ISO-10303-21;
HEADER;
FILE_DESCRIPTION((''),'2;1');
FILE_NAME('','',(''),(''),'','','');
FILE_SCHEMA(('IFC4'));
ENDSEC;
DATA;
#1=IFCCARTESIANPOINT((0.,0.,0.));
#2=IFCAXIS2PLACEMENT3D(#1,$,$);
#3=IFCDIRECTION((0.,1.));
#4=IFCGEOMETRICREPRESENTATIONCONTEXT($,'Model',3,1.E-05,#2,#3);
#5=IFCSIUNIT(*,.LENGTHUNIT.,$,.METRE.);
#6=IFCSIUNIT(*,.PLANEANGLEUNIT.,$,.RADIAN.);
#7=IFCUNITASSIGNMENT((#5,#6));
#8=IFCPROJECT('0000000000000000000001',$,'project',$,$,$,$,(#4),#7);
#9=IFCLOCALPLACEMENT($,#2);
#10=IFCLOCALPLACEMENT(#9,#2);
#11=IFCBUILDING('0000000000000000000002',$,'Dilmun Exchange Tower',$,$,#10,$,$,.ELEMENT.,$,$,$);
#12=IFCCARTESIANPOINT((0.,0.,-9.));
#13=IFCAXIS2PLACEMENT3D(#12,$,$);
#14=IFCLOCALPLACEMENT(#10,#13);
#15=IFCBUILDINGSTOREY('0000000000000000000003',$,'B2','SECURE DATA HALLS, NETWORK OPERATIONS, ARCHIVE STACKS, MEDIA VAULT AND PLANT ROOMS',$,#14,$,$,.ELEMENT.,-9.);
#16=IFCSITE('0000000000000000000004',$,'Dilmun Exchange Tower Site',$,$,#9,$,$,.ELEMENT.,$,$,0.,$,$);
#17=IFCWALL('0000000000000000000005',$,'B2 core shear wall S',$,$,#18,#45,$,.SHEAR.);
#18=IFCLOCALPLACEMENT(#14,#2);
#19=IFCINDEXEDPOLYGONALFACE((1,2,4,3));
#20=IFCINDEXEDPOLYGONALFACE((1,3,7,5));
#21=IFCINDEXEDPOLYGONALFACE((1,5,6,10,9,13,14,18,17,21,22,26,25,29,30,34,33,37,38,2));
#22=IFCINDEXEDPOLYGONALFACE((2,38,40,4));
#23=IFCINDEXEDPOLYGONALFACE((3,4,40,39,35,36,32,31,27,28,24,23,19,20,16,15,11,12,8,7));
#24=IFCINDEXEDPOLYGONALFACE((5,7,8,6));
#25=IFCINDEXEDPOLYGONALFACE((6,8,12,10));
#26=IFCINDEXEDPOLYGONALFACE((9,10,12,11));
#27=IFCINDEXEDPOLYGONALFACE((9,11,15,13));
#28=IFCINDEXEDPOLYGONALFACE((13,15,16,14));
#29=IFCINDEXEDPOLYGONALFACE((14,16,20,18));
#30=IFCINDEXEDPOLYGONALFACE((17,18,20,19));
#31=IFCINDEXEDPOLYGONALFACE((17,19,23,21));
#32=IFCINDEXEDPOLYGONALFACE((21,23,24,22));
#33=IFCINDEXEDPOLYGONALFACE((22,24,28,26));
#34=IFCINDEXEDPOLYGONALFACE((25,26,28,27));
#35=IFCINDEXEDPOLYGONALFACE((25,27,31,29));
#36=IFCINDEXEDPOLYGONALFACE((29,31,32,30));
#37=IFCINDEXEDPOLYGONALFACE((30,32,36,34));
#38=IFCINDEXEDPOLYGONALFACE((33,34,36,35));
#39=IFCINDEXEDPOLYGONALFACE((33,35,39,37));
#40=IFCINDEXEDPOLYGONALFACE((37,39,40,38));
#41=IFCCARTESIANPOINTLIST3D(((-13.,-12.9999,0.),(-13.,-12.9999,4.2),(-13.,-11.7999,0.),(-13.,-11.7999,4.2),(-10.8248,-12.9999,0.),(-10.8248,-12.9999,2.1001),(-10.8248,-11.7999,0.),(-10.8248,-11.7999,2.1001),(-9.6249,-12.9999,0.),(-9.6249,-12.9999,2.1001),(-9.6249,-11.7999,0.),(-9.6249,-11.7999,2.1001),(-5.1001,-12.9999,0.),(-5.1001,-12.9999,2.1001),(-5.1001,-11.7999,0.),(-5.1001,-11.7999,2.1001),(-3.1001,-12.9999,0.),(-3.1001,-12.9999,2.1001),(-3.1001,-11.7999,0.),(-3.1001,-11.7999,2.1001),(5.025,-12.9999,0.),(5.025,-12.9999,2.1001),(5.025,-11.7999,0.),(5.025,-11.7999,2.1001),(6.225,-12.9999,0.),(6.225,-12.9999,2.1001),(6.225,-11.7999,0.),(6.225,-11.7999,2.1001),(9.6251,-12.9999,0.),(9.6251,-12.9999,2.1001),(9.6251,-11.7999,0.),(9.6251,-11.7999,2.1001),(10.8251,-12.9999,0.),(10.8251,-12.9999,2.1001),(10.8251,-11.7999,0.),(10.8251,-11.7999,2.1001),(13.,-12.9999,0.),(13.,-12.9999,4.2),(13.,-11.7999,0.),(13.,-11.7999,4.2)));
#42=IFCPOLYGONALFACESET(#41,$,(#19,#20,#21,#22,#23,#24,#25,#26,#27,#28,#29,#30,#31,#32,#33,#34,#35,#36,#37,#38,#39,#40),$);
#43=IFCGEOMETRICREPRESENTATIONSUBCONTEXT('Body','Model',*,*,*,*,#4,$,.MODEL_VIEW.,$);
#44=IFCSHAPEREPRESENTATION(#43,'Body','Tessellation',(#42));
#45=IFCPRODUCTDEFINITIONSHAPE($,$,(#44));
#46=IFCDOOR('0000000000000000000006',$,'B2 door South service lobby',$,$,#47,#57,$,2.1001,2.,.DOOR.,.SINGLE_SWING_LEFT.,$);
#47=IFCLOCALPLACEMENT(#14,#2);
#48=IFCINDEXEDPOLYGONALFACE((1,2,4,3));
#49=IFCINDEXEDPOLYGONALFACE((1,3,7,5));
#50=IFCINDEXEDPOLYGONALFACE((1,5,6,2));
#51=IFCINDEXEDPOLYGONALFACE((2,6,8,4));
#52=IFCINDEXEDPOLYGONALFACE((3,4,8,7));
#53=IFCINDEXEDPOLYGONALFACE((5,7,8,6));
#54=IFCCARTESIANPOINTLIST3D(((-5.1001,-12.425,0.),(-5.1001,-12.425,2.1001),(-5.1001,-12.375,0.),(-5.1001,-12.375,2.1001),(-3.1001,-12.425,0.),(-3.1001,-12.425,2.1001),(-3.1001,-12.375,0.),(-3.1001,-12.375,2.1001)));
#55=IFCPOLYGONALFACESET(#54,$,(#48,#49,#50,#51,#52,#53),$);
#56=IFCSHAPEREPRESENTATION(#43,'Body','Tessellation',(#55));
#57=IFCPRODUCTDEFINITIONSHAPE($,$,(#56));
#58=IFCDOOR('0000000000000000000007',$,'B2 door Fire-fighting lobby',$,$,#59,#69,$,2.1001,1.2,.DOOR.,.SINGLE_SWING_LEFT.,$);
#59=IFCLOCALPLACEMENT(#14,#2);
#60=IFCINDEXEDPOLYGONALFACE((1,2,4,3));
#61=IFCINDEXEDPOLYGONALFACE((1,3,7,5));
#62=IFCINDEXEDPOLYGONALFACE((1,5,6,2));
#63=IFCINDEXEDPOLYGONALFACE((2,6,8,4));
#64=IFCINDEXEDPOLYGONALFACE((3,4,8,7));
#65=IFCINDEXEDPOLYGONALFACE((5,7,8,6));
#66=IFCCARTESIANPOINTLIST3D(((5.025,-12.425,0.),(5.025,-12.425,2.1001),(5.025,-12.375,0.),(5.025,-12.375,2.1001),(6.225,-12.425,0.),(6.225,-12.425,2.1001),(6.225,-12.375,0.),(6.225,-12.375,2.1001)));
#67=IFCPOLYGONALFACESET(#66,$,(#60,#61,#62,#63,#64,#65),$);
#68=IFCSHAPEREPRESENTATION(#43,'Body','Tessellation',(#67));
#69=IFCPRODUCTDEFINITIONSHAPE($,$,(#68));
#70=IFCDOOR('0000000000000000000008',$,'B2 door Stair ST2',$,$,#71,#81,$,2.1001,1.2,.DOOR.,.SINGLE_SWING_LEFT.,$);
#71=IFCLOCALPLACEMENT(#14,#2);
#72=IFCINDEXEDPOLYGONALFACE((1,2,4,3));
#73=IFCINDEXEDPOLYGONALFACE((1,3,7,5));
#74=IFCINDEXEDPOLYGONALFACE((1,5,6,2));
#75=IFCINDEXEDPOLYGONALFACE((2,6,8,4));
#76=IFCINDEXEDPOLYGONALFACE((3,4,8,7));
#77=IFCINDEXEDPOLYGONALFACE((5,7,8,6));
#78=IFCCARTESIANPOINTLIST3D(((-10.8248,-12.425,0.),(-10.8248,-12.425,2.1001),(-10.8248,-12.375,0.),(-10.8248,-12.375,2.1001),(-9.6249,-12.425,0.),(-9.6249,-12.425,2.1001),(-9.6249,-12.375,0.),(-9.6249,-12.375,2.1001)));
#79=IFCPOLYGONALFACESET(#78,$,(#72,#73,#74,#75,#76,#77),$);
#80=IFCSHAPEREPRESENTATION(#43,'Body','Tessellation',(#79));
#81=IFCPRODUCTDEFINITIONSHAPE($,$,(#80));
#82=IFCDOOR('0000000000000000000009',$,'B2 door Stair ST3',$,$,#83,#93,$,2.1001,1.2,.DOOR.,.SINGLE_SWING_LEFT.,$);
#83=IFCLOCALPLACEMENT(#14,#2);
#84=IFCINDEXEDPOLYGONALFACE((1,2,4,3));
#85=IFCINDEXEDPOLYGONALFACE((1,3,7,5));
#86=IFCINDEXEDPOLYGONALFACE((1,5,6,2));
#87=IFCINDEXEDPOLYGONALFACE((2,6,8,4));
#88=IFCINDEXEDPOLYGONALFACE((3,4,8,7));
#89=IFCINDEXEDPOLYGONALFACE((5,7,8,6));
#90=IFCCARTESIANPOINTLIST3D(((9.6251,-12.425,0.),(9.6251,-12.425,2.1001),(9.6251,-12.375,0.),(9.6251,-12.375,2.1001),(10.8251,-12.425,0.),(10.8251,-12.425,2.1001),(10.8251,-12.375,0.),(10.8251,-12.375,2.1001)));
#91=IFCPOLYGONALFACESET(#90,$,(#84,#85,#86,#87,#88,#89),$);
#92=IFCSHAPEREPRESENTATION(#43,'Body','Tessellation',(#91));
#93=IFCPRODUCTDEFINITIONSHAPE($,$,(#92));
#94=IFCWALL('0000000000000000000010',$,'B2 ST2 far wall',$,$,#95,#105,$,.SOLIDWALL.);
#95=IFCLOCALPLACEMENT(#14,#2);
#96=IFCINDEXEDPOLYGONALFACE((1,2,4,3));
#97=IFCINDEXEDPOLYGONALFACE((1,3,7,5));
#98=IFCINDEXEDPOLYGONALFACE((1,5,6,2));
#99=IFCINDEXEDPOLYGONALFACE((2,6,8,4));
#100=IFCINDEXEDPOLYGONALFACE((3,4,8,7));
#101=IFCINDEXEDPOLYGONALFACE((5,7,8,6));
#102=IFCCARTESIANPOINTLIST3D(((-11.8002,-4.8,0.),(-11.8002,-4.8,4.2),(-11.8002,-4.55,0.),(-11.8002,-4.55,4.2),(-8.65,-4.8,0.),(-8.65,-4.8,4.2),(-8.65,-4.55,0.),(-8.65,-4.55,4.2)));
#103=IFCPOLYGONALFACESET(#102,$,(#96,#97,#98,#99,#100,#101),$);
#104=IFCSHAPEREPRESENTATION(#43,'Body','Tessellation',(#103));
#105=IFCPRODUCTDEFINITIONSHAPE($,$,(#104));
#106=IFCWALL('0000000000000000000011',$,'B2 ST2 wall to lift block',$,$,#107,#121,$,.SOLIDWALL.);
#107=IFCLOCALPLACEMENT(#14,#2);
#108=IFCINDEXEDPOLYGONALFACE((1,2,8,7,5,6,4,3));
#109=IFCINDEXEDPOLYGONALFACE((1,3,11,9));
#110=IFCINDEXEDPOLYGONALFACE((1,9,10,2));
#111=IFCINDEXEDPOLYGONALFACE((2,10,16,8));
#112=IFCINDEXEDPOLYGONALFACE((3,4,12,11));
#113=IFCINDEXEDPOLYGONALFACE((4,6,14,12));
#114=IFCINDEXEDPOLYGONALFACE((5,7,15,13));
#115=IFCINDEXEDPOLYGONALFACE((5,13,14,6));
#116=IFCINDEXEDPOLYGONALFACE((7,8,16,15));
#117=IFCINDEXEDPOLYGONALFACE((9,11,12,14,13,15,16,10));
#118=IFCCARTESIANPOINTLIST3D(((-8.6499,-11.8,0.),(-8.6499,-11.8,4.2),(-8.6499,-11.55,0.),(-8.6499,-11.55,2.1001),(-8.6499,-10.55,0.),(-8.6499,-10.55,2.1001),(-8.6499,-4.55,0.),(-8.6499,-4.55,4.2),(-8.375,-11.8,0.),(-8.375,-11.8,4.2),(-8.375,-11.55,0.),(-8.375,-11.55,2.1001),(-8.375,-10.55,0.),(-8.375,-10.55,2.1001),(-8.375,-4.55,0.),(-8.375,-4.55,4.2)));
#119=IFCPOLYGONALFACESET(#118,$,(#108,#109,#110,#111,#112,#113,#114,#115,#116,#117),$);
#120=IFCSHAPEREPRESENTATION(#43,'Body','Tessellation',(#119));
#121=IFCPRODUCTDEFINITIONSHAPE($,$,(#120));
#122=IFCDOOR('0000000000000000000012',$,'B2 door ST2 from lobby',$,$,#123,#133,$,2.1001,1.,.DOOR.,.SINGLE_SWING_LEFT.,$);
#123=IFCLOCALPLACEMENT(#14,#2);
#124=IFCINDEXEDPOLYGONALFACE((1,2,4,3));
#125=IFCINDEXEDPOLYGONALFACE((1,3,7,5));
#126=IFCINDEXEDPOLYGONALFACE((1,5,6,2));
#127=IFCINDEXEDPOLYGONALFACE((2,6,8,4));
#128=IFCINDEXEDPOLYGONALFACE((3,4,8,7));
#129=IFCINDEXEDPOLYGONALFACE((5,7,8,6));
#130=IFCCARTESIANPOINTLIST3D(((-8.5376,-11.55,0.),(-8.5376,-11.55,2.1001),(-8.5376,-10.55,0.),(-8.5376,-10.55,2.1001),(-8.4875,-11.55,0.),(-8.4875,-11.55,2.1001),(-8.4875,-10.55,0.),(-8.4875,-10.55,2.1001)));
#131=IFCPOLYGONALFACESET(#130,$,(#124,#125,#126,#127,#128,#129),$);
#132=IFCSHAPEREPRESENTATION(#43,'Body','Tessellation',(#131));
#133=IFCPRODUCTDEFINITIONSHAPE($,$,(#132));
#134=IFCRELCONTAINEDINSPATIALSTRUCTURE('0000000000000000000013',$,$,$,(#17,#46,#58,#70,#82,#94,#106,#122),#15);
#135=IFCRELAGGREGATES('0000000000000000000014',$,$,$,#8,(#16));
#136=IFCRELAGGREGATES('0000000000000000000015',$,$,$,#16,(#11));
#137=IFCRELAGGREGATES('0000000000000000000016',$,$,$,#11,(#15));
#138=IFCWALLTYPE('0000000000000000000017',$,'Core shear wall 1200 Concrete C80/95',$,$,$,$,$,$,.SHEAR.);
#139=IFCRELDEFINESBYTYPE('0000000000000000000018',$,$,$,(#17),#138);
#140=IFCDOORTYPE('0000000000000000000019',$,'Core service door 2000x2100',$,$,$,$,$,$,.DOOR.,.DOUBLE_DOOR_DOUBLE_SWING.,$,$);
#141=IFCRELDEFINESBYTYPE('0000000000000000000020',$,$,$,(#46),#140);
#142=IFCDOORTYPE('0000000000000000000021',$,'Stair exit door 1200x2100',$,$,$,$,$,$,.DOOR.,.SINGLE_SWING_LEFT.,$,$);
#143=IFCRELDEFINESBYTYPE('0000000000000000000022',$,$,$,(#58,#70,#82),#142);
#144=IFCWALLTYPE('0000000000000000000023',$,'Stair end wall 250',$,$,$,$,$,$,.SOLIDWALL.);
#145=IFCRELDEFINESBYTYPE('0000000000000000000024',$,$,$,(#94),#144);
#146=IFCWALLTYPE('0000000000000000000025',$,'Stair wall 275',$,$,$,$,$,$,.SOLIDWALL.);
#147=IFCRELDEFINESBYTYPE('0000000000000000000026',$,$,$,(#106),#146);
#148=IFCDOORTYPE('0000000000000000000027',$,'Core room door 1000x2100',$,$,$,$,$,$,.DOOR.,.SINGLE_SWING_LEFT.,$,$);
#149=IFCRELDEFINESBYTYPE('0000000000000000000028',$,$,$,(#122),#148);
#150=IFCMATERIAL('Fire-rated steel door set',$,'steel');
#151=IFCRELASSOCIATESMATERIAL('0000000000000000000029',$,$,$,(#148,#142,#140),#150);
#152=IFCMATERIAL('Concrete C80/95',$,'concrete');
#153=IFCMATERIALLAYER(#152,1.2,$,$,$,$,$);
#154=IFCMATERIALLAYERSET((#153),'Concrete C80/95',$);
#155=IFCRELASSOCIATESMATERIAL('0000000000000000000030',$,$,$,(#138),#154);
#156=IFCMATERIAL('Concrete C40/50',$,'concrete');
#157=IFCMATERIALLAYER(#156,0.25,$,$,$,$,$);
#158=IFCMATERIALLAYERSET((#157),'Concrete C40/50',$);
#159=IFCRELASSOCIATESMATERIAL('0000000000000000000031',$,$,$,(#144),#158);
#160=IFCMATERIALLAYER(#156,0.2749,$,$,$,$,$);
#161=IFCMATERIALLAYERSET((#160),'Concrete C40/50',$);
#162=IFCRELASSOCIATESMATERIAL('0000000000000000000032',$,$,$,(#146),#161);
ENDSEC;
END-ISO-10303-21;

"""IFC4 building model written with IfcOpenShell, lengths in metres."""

from ifc_helpers import new_model, si_unit, direction, frame, frame_2d, origin, place, context, subcontext, project, spatial, rectangle, extrude, material, layer, layer_set, type_object, element, fill, save


model = new_model("IFC4")

# Units and contexts
model_context = context("Model", 3, precision=1e-05, world=origin(), true_north=direction((0.0, 1.0)))
body_context = subcontext(model_context, "Body", "Model", "MODEL_VIEW")
ifc_project = project(units=[si_unit("LENGTHUNIT", "METRE"), si_unit("PLANEANGLEUNIT", "RADIAN")], contexts=[model_context])

# Site, building, storey
site_placement = place(None, origin())
site = spatial("IfcSite", under=ifc_project, at=site_placement, Name="Dilmun Exchange Tower Site", CompositionType="ELEMENT", RefElevation=0.0)
building_placement = place(site_placement, origin())
building = spatial("IfcBuilding", under=site, at=building_placement, Name="Dilmun Exchange Tower", CompositionType="ELEMENT")
storey_placement = place(building_placement, frame((0.0, 0.0, -9.0)))
storey = spatial("IfcBuildingStorey", under=building, at=storey_placement, Name="B2", Description="SECURE DATA HALLS, NETWORK OPERATIONS, ARCHIVE STACKS, MEDIA VAULT AND PLANT ROOMS", CompositionType="ELEMENT", Elevation=-9.0)

# Wall, openings, doors
ifc_material_1 = material(Name="Concrete C40/50", Category="concrete")
ifc_material_2 = material(Name="Fire-rated steel door set", Category="steel")
door_type_1 = type_object("IfcDoorType", Name="Core room door 1000x2100", OperationType="SINGLE_SWING_LEFT", PredefinedType="DOOR", material=ifc_material_2)
door_type_2 = type_object("IfcDoorType", Name="Stair exit door 1200x2100", OperationType="SINGLE_SWING_LEFT", PredefinedType="DOOR", material=ifc_material_2)
ifc_material_3 = material(Name="Concrete C80/95", Category="concrete")
ifc_layer_1 = layer(ifc_material_3, 1.2)
ifc_layer_set_1 = layer_set([ifc_layer_1], Name="Concrete C80/95")
wall_type_1 = type_object("IfcWallType", Name="Core shear wall 1200 Concrete C80/95", PredefinedType="SHEAR", material=ifc_layer_set_1)
wall_1_placement = place(storey_placement, frame((-13.0, -12.3999, 0.0), z_axis=(0.0, 0.0, 1.0), x_axis=(1.0, 0.0, 0.0)))
wall_1 = element("IfcWall", 1, at=wall_1_placement, inside=storey, type_object=wall_type_1, Name="B2 core shear wall S", PredefinedType="SHEAR", context=body_context, shape_type="SweptSolid", body=[
    extrude(rectangle(XDim=26.0, YDim=1.2, at=frame_2d((13.0, 0.0))), origin(), (0.0, 0.0, 1.0), 4.2),
])
opening_1_placement = place(wall_1_placement, frame((7.8999, 0.0, 0.0)))
opening_1 = element("IfcOpeningElement", 2, at=opening_1_placement, cuts=wall_1, PredefinedType="OPENING", context=body_context, shape_type="SweptSolid", body=[
    extrude(rectangle(XDim=2.0, YDim=2.1001, at=frame_2d((1.0, 1.05))), frame((0.0, 0.6099, 0.0), z_axis=(0.0, -1.0, 0.0), x_axis=(1.0, 0.0, 0.0)), (0.0, 0.0, 1.0), 1.22),
])
opening_2_placement = place(wall_1_placement, frame((18.0249, 0.0, 0.0)))
opening_2 = element("IfcOpeningElement", 3, at=opening_2_placement, cuts=wall_1, PredefinedType="OPENING", context=body_context, shape_type="SweptSolid", body=[
    extrude(rectangle(XDim=1.2, YDim=2.1001, at=frame_2d((0.6001, 1.05))), frame((0.0, 0.6099, 0.0), z_axis=(0.0, -1.0, 0.0), x_axis=(1.0, 0.0, 0.0)), (0.0, 0.0, 1.0), 1.22),
])
opening_3_placement = place(wall_1_placement, frame((2.175, 0.0, 0.0)))
opening_3 = element("IfcOpeningElement", 4, at=opening_3_placement, cuts=wall_1, PredefinedType="OPENING", context=body_context, shape_type="SweptSolid", body=[
    extrude(rectangle(XDim=1.2, YDim=2.1001, at=frame_2d((0.6001, 1.05))), frame((0.0, 0.6099, 0.0), z_axis=(0.0, -1.0, 0.0), x_axis=(1.0, 0.0, 0.0)), (0.0, 0.0, 1.0), 1.22),
])
opening_4_placement = place(wall_1_placement, frame((22.625, 0.0, 0.0)))
opening_4 = element("IfcOpeningElement", 5, at=opening_4_placement, cuts=wall_1, PredefinedType="OPENING", context=body_context, shape_type="SweptSolid", body=[
    extrude(rectangle(XDim=1.2, YDim=2.1001, at=frame_2d((0.6001, 1.05))), frame((0.0, 0.6099, 0.0), z_axis=(0.0, -1.0, 0.0), x_axis=(1.0, 0.0, 0.0)), (0.0, 0.0, 1.0), 1.22),
])
door_type_3 = type_object("IfcDoorType", Name="Core service door 2000x2100", OperationType="DOUBLE_DOOR_DOUBLE_SWING", PredefinedType="DOOR", material=ifc_material_2)
door_1_placement = place(opening_1_placement, origin())
door_1 = element("IfcDoor", 6, at=door_1_placement, inside=storey, type_object=door_type_3, Name="B2 door South service lobby", OperationType="SINGLE_SWING_LEFT", OverallHeight=2.1001, OverallWidth=2.0, PredefinedType="DOOR", context=body_context, shape_type="SweptSolid", body=[
    extrude(rectangle(XDim=2.0, YDim=2.1001, at=frame_2d((1.0, 1.05))), frame((0.0, 0.0249, 0.0), z_axis=(0.0, -1.0, 0.0), x_axis=(1.0, 0.0, 0.0)), (0.0, 0.0, 1.0), 0.05),
])
fill(opening_1, door_1)
door_2_placement = place(opening_2_placement, origin())
door_2 = element("IfcDoor", 7, at=door_2_placement, inside=storey, type_object=door_type_2, Name="B2 door Fire-fighting lobby", OperationType="SINGLE_SWING_LEFT", OverallHeight=2.1001, OverallWidth=1.2, PredefinedType="DOOR", context=body_context, shape_type="SweptSolid", body=[
    extrude(rectangle(XDim=1.2, YDim=2.1001, at=frame_2d((0.6001, 1.05))), frame((0.0, 0.0249, 0.0), z_axis=(0.0, -1.0, 0.0), x_axis=(1.0, 0.0, 0.0)), (0.0, 0.0, 1.0), 0.05),
])
fill(opening_2, door_2)
door_3_placement = place(opening_3_placement, origin())
door_3 = element("IfcDoor", 8, at=door_3_placement, inside=storey, type_object=door_type_2, Name="B2 door Stair ST2", OperationType="SINGLE_SWING_LEFT", OverallHeight=2.1001, OverallWidth=1.2, PredefinedType="DOOR", context=body_context, shape_type="SweptSolid", body=[
    extrude(rectangle(XDim=1.2, YDim=2.1001, at=frame_2d((0.6001, 1.05))), frame((0.0, 0.0249, 0.0), z_axis=(0.0, -1.0, 0.0), x_axis=(1.0, 0.0, 0.0)), (0.0, 0.0, 1.0), 0.05),
])
fill(opening_3, door_3)
door_4_placement = place(opening_4_placement, origin())
door_4 = element("IfcDoor", 9, at=door_4_placement, inside=storey, type_object=door_type_2, Name="B2 door Stair ST3", OperationType="SINGLE_SWING_LEFT", OverallHeight=2.1001, OverallWidth=1.2, PredefinedType="DOOR", context=body_context, shape_type="SweptSolid", body=[
    extrude(rectangle(XDim=1.2, YDim=2.1001, at=frame_2d((0.6001, 1.05))), frame((0.0, 0.0249, 0.0), z_axis=(0.0, -1.0, 0.0), x_axis=(1.0, 0.0, 0.0)), (0.0, 0.0, 1.0), 0.05),
])
fill(opening_4, door_4)

# Wall
ifc_layer_2 = layer(ifc_material_1, 0.25)
ifc_layer_set_2 = layer_set([ifc_layer_2], Name="Concrete C40/50")
wall_type_2 = type_object("IfcWallType", Name="Stair end wall 250", PredefinedType="SOLIDWALL", material=ifc_layer_set_2)
wall_2_placement = place(storey_placement, frame((-8.6499, -4.675, 0.0), z_axis=(0.0, 0.0, 1.0), x_axis=(-1.0, 0.0, 0.0)))
element("IfcWall", 10, at=wall_2_placement, inside=storey, type_object=wall_type_2, Name="B2 ST2 far wall", PredefinedType="SOLIDWALL", context=body_context, shape_type="SweptSolid", body=[
    extrude(rectangle(XDim=3.1501, YDim=0.25, at=frame_2d((1.5752, 0.0))), origin(), (0.0, 0.0, 1.0), 4.2),
])

# Wall, opening, door
ifc_layer_3 = layer(ifc_material_1, 0.2749)
ifc_layer_set_3 = layer_set([ifc_layer_3], Name="Concrete C40/50")
wall_type_3 = type_object("IfcWallType", Name="Stair wall 275", PredefinedType="SOLIDWALL", material=ifc_layer_set_3)
wall_3_placement = place(storey_placement, frame((-8.5125, -4.55, 0.0), z_axis=(0.0, 0.0, 1.0), x_axis=(0.0, -1.0, 0.0)))
wall_3 = element("IfcWall", 11, at=wall_3_placement, inside=storey, type_object=wall_type_3, Name="B2 ST2 wall to lift block", PredefinedType="SOLIDWALL", context=body_context, shape_type="SweptSolid", body=[
    extrude(rectangle(XDim=7.25, YDim=0.2749, at=frame_2d((3.625, 0.0))), origin(), (0.0, 0.0, 1.0), 4.2),
])
opening_5_placement = place(wall_3_placement, frame((6.0, 0.0, 0.0)))
opening_5 = element("IfcOpeningElement", 12, at=opening_5_placement, cuts=wall_3, PredefinedType="OPENING", context=body_context, shape_type="SweptSolid", body=[
    extrude(rectangle(XDim=1.0, YDim=2.1001, at=frame_2d((0.5, 1.05))), frame((0.0, 0.1475, 0.0), z_axis=(0.0, -1.0, 0.0), x_axis=(1.0, 0.0, 0.0)), (0.0, 0.0, 1.0), 0.2949),
])
door_5_placement = place(opening_5_placement, origin())
door_5 = element("IfcDoor", 13, at=door_5_placement, inside=storey, type_object=door_type_1, Name="B2 door ST2 from lobby", OperationType="SINGLE_SWING_LEFT", OverallHeight=2.1001, OverallWidth=1.0, PredefinedType="DOOR", context=body_context, shape_type="SweptSolid", body=[
    extrude(rectangle(XDim=1.0, YDim=2.1001, at=frame_2d((0.5, 1.05))), frame((0.0, 0.0249, 0.0), z_axis=(0.0, -1.0, 0.0), x_axis=(1.0, 0.0, 0.0)), (0.0, 0.0, 1.0), 0.05),
])
fill(opening_5, door_5)

save(model, "model.ifc")
